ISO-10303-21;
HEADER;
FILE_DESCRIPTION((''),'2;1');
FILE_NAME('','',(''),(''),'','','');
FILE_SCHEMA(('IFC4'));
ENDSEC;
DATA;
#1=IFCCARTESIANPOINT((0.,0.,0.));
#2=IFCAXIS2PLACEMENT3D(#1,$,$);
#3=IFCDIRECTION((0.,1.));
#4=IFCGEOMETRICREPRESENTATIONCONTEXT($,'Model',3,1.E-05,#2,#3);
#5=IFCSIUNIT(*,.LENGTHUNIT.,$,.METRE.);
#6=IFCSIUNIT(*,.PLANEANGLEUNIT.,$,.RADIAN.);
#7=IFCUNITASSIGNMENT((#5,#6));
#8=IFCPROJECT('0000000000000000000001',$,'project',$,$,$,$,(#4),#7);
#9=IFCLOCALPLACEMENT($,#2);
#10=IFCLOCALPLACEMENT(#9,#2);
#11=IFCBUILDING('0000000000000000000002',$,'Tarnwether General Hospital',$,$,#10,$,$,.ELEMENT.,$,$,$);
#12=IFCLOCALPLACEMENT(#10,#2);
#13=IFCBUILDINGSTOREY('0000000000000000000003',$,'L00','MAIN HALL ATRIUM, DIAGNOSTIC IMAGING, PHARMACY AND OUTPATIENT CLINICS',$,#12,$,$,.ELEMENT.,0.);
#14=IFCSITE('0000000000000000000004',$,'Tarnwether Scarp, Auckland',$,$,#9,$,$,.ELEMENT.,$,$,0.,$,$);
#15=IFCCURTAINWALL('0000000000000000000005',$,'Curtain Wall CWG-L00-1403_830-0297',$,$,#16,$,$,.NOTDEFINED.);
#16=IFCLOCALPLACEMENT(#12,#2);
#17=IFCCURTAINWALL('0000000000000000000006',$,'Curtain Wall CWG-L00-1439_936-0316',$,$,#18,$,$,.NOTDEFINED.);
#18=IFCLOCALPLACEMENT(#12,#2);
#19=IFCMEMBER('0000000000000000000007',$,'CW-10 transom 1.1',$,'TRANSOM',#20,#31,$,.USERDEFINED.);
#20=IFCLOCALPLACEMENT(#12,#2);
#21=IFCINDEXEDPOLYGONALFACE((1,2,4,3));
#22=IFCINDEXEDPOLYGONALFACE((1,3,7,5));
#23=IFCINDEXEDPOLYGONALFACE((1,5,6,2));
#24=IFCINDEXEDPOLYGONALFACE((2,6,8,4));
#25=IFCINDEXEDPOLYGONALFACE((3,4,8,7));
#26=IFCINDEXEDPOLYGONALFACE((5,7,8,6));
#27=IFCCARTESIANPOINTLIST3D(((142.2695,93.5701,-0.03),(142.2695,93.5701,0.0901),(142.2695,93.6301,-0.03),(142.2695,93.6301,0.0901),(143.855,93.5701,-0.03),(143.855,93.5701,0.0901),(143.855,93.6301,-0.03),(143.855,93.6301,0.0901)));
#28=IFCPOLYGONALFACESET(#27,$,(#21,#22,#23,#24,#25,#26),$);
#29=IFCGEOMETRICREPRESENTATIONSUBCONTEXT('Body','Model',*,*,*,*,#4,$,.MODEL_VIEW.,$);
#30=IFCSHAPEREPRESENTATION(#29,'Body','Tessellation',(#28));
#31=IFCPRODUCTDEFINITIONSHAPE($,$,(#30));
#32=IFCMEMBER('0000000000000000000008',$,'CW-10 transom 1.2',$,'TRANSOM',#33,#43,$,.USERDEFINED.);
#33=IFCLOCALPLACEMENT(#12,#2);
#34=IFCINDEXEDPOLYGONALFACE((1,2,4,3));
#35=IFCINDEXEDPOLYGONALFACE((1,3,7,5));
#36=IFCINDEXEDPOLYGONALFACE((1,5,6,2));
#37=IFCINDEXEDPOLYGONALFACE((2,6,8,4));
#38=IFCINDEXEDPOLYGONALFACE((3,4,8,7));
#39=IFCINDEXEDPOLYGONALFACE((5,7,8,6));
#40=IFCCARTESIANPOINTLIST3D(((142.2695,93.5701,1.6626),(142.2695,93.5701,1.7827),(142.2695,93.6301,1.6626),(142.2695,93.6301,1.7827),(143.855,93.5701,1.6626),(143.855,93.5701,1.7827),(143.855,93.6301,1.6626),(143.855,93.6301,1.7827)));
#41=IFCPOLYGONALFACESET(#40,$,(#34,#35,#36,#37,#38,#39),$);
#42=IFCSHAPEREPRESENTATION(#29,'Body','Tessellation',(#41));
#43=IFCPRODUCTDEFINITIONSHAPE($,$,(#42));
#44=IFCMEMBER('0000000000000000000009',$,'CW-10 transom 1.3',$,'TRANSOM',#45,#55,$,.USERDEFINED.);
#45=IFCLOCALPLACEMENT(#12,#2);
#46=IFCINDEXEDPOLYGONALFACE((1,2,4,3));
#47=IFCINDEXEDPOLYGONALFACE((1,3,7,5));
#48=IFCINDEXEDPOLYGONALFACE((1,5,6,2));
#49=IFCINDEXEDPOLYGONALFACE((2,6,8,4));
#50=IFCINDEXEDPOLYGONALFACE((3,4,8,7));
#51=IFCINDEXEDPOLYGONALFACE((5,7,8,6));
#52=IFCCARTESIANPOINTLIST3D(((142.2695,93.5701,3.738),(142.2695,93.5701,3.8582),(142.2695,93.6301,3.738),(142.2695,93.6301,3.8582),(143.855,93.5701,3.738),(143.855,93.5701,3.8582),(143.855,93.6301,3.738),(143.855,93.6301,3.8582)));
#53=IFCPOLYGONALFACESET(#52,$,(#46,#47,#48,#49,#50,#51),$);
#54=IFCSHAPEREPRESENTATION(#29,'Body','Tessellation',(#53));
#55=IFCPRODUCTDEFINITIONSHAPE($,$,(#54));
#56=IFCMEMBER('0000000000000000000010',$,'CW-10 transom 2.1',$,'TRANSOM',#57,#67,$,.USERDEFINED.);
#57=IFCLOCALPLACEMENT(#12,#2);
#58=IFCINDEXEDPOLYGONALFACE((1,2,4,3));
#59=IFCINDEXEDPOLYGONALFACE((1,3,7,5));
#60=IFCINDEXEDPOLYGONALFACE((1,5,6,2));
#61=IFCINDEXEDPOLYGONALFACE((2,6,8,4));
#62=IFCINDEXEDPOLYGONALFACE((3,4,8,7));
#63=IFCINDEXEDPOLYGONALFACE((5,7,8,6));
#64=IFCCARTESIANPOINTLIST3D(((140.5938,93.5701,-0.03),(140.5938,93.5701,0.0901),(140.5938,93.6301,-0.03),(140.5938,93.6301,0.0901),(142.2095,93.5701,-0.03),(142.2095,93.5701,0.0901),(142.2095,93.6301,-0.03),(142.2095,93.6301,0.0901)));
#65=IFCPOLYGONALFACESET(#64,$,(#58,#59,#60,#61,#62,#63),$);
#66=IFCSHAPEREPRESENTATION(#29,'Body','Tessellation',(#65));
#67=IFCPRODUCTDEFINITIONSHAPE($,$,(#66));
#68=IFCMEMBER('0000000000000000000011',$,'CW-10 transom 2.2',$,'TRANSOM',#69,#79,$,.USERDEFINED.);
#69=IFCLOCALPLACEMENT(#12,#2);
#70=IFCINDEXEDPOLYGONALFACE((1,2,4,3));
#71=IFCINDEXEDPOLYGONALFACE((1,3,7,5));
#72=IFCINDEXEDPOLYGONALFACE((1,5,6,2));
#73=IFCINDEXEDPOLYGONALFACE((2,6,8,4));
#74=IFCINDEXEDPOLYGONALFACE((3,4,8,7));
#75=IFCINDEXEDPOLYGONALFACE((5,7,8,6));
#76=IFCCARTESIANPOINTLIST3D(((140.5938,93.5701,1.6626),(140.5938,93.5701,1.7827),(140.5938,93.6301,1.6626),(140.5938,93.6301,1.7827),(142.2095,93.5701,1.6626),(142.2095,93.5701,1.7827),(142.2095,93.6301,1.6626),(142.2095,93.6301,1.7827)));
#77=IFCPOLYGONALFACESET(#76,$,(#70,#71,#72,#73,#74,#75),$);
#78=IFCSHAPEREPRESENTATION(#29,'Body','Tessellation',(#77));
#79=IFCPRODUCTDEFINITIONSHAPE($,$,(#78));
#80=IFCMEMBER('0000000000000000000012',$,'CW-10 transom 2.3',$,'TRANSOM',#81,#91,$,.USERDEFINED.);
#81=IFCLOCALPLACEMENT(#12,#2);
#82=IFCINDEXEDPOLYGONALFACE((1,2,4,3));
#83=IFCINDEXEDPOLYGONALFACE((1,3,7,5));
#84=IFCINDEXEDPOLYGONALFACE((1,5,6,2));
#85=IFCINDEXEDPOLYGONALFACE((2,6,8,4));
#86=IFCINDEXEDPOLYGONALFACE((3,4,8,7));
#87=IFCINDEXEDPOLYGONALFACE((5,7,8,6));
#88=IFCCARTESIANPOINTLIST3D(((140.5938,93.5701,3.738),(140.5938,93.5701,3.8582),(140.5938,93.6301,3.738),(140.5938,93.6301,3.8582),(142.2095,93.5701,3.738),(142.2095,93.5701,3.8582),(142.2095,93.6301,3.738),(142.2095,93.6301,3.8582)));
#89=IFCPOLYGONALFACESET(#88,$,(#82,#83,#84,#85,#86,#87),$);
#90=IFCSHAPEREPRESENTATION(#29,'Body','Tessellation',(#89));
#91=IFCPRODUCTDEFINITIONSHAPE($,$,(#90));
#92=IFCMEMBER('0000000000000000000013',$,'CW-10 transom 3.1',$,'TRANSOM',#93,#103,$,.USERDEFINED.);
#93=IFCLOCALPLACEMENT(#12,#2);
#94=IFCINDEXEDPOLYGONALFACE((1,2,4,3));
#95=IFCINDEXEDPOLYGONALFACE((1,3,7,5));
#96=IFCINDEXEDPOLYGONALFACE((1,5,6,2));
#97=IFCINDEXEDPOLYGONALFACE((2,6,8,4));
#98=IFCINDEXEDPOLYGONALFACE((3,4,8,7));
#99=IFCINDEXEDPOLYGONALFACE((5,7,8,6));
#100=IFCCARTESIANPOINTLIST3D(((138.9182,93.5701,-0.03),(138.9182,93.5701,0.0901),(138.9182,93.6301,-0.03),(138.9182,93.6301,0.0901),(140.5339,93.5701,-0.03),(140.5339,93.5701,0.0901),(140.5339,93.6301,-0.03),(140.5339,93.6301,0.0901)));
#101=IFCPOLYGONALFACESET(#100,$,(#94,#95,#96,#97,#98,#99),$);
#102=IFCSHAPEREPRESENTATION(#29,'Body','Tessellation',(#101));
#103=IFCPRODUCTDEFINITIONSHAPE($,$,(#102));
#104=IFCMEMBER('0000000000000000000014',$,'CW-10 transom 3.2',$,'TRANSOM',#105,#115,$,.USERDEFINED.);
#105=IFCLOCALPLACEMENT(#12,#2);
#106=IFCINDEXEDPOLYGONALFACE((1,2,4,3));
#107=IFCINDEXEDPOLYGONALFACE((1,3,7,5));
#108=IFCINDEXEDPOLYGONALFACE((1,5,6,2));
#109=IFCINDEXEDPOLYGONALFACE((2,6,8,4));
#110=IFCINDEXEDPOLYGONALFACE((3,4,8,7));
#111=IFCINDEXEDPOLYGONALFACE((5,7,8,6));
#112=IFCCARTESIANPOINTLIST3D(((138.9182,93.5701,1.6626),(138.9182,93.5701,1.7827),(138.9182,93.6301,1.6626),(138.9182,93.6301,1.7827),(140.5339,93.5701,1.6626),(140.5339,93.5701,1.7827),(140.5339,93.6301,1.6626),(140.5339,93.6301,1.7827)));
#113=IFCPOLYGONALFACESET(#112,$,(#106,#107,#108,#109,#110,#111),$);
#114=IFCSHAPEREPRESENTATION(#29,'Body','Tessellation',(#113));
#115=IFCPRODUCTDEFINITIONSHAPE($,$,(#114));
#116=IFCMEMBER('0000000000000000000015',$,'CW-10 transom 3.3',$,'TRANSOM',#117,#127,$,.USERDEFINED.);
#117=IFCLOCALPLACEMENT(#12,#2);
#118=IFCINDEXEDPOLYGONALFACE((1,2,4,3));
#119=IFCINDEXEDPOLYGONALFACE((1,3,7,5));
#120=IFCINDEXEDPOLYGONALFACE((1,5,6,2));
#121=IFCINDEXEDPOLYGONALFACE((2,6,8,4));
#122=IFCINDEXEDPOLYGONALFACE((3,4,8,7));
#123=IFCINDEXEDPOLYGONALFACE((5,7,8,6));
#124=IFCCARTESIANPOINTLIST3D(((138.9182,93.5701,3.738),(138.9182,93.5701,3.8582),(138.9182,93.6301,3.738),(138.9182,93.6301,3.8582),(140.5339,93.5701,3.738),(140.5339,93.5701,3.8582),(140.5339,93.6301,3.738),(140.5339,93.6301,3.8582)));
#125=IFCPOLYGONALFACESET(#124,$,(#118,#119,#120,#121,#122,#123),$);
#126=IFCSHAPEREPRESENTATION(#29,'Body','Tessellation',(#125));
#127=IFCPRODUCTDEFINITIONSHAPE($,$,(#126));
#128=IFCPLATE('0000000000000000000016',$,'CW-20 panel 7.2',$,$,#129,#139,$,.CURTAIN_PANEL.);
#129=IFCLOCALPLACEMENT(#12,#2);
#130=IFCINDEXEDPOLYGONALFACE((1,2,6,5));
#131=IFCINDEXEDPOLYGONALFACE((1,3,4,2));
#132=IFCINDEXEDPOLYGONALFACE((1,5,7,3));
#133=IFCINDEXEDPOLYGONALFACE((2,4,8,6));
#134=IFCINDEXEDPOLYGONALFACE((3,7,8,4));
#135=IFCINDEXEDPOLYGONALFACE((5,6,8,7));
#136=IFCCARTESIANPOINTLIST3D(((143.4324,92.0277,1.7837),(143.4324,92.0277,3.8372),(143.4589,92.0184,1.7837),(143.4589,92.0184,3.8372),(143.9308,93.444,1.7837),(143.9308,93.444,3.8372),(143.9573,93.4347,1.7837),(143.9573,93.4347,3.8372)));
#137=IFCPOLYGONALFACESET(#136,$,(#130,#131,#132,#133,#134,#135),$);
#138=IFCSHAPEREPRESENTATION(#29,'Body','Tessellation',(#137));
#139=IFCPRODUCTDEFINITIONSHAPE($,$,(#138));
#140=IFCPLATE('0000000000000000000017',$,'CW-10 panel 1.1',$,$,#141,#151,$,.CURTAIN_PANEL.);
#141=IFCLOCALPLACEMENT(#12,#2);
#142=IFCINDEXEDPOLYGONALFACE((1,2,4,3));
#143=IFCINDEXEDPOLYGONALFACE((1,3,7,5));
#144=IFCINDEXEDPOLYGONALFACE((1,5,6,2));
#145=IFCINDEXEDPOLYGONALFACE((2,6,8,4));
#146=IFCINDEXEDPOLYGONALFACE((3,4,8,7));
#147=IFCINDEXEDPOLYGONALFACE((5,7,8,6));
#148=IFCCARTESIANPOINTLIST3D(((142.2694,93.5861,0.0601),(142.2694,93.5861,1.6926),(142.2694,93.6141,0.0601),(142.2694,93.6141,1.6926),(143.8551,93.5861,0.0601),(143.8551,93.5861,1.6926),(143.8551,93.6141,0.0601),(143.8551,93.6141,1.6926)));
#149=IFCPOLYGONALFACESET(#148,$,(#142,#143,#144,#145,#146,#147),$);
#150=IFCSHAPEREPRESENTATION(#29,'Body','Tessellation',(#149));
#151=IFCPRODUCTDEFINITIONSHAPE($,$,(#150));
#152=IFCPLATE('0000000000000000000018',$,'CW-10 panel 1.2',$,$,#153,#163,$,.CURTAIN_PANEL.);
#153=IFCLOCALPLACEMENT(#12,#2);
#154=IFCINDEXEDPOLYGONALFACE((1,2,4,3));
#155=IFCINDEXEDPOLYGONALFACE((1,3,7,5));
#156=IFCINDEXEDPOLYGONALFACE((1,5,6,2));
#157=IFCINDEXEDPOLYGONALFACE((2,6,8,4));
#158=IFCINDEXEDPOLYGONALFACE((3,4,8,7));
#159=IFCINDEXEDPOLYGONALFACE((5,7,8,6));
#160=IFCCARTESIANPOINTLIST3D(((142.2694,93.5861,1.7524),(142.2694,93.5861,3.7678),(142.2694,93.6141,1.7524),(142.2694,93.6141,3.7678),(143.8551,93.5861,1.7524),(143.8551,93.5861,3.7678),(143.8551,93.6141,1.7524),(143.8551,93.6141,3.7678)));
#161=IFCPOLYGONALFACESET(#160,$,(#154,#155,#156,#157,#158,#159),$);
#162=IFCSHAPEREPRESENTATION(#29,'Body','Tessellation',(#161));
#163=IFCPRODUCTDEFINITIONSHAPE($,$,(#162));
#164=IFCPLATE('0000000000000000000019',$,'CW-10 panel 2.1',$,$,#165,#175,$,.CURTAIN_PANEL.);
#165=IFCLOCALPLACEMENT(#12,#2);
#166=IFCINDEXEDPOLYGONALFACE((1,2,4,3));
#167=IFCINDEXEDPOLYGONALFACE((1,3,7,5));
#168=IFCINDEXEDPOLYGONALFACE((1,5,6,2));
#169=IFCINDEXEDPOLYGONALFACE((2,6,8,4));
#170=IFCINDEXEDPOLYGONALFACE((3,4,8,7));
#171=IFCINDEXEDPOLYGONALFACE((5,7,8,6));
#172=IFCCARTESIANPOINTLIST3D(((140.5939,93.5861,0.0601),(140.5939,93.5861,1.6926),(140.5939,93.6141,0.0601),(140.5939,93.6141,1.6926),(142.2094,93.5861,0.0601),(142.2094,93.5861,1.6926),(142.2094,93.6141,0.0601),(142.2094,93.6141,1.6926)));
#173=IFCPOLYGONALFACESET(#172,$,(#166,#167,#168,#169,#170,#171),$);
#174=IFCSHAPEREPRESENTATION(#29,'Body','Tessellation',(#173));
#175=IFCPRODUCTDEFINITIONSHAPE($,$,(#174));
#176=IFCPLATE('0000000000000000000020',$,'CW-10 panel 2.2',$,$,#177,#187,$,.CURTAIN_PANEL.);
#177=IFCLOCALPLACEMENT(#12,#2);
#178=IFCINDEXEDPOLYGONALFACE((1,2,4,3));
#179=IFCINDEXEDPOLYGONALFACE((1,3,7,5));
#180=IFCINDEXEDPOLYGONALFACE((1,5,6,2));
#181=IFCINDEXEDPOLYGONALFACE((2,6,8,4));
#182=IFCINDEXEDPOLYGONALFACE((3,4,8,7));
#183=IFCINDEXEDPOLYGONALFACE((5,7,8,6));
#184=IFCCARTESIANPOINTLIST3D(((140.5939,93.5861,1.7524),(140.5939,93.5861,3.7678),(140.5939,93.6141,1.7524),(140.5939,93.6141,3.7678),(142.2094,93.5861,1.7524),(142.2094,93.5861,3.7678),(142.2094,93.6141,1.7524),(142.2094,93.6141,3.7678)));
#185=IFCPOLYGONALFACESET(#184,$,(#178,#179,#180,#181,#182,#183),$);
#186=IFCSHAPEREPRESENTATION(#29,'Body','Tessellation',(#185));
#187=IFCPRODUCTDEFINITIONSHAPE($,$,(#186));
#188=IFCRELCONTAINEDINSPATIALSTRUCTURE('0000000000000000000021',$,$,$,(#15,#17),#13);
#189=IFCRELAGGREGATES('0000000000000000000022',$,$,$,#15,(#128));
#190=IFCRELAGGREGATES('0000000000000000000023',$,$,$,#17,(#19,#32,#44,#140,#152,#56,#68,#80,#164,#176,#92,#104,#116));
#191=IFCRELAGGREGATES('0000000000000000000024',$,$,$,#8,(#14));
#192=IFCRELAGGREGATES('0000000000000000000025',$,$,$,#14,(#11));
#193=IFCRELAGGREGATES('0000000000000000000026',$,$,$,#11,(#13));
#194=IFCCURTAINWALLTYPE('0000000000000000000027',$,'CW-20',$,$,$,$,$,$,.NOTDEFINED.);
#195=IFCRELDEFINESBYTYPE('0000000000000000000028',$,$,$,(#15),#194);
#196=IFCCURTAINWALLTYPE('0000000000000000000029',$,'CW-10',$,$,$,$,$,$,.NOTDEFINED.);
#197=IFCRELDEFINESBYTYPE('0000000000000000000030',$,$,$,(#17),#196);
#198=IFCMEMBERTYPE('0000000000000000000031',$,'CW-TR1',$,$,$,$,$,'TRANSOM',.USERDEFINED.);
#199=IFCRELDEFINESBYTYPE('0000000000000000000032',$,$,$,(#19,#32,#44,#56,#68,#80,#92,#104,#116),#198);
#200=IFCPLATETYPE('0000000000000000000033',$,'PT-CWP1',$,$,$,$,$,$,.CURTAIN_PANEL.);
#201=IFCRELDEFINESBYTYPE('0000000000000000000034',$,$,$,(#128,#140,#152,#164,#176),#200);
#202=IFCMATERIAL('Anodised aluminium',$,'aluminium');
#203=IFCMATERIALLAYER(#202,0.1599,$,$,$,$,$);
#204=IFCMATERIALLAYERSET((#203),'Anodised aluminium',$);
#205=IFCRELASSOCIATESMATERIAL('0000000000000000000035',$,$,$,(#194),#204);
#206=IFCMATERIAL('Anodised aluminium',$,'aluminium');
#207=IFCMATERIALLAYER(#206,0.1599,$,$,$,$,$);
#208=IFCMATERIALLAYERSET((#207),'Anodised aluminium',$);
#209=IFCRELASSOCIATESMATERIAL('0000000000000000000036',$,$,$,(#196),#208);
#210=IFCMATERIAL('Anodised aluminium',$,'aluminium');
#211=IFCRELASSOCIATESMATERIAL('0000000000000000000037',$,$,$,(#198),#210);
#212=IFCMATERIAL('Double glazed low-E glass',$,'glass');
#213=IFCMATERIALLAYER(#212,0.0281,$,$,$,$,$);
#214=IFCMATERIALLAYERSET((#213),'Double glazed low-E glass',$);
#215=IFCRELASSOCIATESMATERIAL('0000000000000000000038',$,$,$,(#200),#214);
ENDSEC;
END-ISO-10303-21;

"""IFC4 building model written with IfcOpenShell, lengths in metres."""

from ifc_helpers import new_model, si_unit, direction, frame, origin, origin_2d, place, context, subcontext, project, spatial, rectangle, extrude, material, layer, layer_set, material_profile, profile_set, type_object, element, aggregate, save


model = new_model("IFC4")

# Units and contexts
model_context = context("Model", 3, precision=1e-05, world=origin(), true_north=direction((0.0, 1.0)))
body_context = subcontext(model_context, "Body", "Model", "MODEL_VIEW")
ifc_project = project(units=[si_unit("LENGTHUNIT", "METRE"), si_unit("PLANEANGLEUNIT", "RADIAN")], contexts=[model_context])

# Site, building, storey
site_placement = place(None, origin())
site = spatial("IfcSite", under=ifc_project, at=site_placement, Name="Tarnwether Scarp, Auckland", CompositionType="ELEMENT", RefElevation=0.0)
building_placement = place(site_placement, origin())
building = spatial("IfcBuilding", under=site, at=building_placement, Name="Tarnwether General Hospital", CompositionType="ELEMENT")
storey_placement = place(building_placement, origin())
storey = spatial("IfcBuildingStorey", under=building, at=storey_placement, Name="L00", Description="MAIN HALL ATRIUM, DIAGNOSTIC IMAGING, PHARMACY AND OUTPATIENT CLINICS", CompositionType="ELEMENT", Elevation=0.0)

# Curtain wall
ifc_material_1 = material(Name="Anodised aluminium", Category="aluminium")
ifc_layer_1 = layer(ifc_material_1, 0.1599)
ifc_layer_set_1 = layer_set([ifc_layer_1], Name="Anodised aluminium")
curtain_wall_type_1 = type_object("IfcCurtainWallType", Name="CW-20", PredefinedType="NOTDEFINED", material=ifc_layer_set_1)
curtain_wall_1_placement = place(storey_placement, origin())
curtain_wall_1 = element("IfcCurtainWall", 1, at=curtain_wall_1_placement, inside=storey, type_object=curtain_wall_type_1, Name="Curtain Wall CWG-L00-1403_830-0297", PredefinedType="NOTDEFINED")

# Curtain wall, members
ifc_material_2 = material(Name="Anodised aluminium", Category="aluminium")
ifc_layer_2 = layer(ifc_material_2, 0.1599)
ifc_layer_set_2 = layer_set([ifc_layer_2], Name="Anodised aluminium")
curtain_wall_type_2 = type_object("IfcCurtainWallType", Name="CW-10", PredefinedType="NOTDEFINED", material=ifc_layer_set_2)
curtain_wall_2_placement = place(storey_placement, origin())
curtain_wall_2 = element("IfcCurtainWall", 2, at=curtain_wall_2_placement, inside=storey, type_object=curtain_wall_type_2, Name="Curtain Wall CWG-L00-1439_936-0316", PredefinedType="NOTDEFINED")
ifc_material_3 = material(Name="Anodised aluminium", Category="aluminium")
ifc_material_profile_1 = material_profile(ifc_material_3, rectangle(XDim=0.0601, YDim=0.1201, at=origin_2d()), Name="ALU-TRN-60x120")
ifc_profile_set_1 = profile_set([ifc_material_profile_1], Name="Anodised aluminium")
member_type_1 = type_object("IfcMemberType", Name="CW-TR1", ElementType="TRANSOM", PredefinedType="USERDEFINED", material=ifc_profile_set_1)
member_1_placement = place(storey_placement, frame((143.855, 93.6001, 0.03), z_axis=(-1.0, 0.0, 0.0), x_axis=(0.0, -1.0, 0.0)))
member_1 = element("IfcMember", 3, at=member_1_placement, type_object=member_type_1, Name="CW-10 transom 1.1", ObjectType="TRANSOM", PredefinedType="USERDEFINED", context=body_context, shape_type="SweptSolid", body=[
    extrude(rectangle(XDim=0.0601, YDim=0.1201, at=origin_2d()), origin(), (0.0, 0.0, 1.0), 1.5854),
])
member_2_placement = place(storey_placement, frame((143.855, 93.6001, 1.7227), z_axis=(-1.0, 0.0, 0.0), x_axis=(0.0, -1.0, 0.0)))
member_2 = element("IfcMember", 4, at=member_2_placement, type_object=member_type_1, Name="CW-10 transom 1.2", ObjectType="TRANSOM", PredefinedType="USERDEFINED", context=body_context, shape_type="SweptSolid", body=[
    extrude(rectangle(XDim=0.0601, YDim=0.1201, at=origin_2d()), origin(), (0.0, 0.0, 1.0), 1.5854),
])
member_3_placement = place(storey_placement, frame((143.855, 93.6001, 3.7981), z_axis=(-1.0, 0.0, 0.0), x_axis=(0.0, -1.0, 0.0)))
member_3 = element("IfcMember", 5, at=member_3_placement, type_object=member_type_1, Name="CW-10 transom 1.3", ObjectType="TRANSOM", PredefinedType="USERDEFINED", context=body_context, shape_type="SweptSolid", body=[
    extrude(rectangle(XDim=0.0601, YDim=0.1201, at=origin_2d()), origin(), (0.0, 0.0, 1.0), 1.5854),
])
member_4_placement = place(storey_placement, frame((142.2095, 93.6001, 0.03), z_axis=(-1.0, 0.0, 0.0), x_axis=(0.0, -1.0, 0.0)))
member_4 = element("IfcMember", 6, at=member_4_placement, type_object=member_type_1, Name="CW-10 transom 2.1", ObjectType="TRANSOM", PredefinedType="USERDEFINED", context=body_context, shape_type="SweptSolid", body=[
    extrude(rectangle(XDim=0.0601, YDim=0.1201, at=origin_2d()), origin(), (0.0, 0.0, 1.0), 1.6157),
])
member_5_placement = place(storey_placement, frame((142.2095, 93.6001, 1.7227), z_axis=(-1.0, 0.0, 0.0), x_axis=(0.0, -1.0, 0.0)))
member_5 = element("IfcMember", 7, at=member_5_placement, type_object=member_type_1, Name="CW-10 transom 2.2", ObjectType="TRANSOM", PredefinedType="USERDEFINED", context=body_context, shape_type="SweptSolid", body=[
    extrude(rectangle(XDim=0.0601, YDim=0.1201, at=origin_2d()), origin(), (0.0, 0.0, 1.0), 1.6157),
])
member_6_placement = place(storey_placement, frame((142.2095, 93.6001, 3.7981), z_axis=(-1.0, 0.0, 0.0), x_axis=(0.0, -1.0, 0.0)))
member_6 = element("IfcMember", 8, at=member_6_placement, type_object=member_type_1, Name="CW-10 transom 2.3", ObjectType="TRANSOM", PredefinedType="USERDEFINED", context=body_context, shape_type="SweptSolid", body=[
    extrude(rectangle(XDim=0.0601, YDim=0.1201, at=origin_2d()), origin(), (0.0, 0.0, 1.0), 1.6157),
])
member_7_placement = place(storey_placement, frame((140.5339, 93.6001, 0.03), z_axis=(-1.0, 0.0, 0.0), x_axis=(0.0, -1.0, 0.0)))
member_7 = element("IfcMember", 9, at=member_7_placement, type_object=member_type_1, Name="CW-10 transom 3.1", ObjectType="TRANSOM", PredefinedType="USERDEFINED", context=body_context, shape_type="SweptSolid", body=[
    extrude(rectangle(XDim=0.0601, YDim=0.1201, at=origin_2d()), origin(), (0.0, 0.0, 1.0), 1.6157),
])
member_8_placement = place(storey_placement, frame((140.5339, 93.6001, 1.7227), z_axis=(-1.0, 0.0, 0.0), x_axis=(0.0, -1.0, 0.0)))
member_8 = element("IfcMember", 10, at=member_8_placement, type_object=member_type_1, Name="CW-10 transom 3.2", ObjectType="TRANSOM", PredefinedType="USERDEFINED", context=body_context, shape_type="SweptSolid", body=[
    extrude(rectangle(XDim=0.0601, YDim=0.1201, at=origin_2d()), origin(), (0.0, 0.0, 1.0), 1.6157),
])
member_9_placement = place(storey_placement, frame((140.5339, 93.6001, 3.7981), z_axis=(-1.0, 0.0, 0.0), x_axis=(0.0, -1.0, 0.0)))
member_9 = element("IfcMember", 11, at=member_9_placement, type_object=member_type_1, Name="CW-10 transom 3.3", ObjectType="TRANSOM", PredefinedType="USERDEFINED", context=body_context, shape_type="SweptSolid", body=[
    extrude(rectangle(XDim=0.0601, YDim=0.1201, at=origin_2d()), origin(), (0.0, 0.0, 1.0), 1.6157),
])

# Plates
ifc_material_4 = material(Name="Double glazed low-E glass", Category="glass")
ifc_layer_3 = layer(ifc_material_4, 0.0281)
ifc_layer_set_3 = layer_set([ifc_layer_3], Name="Double glazed low-E glass")
plate_type = type_object("IfcPlateType", Name="PT-CWP1", PredefinedType="CURTAIN_PANEL", material=ifc_layer_set_3)
plate_1_placement = place(storey_placement, frame((143.6948, 92.7312, 1.7837), z_axis=(0.0, 0.0, 1.0), x_axis=(0.331937, 0.943301, 0.0)))
plate_1 = element("IfcPlate", 12, at=plate_1_placement, type_object=plate_type, Name="CW-20 panel 7.2", PredefinedType="CURTAIN_PANEL", context=body_context, shape_type="SweptSolid", body=[
    extrude(rectangle(XDim=1.5015, YDim=0.0281, at=origin_2d()), origin(), (0.0, 0.0, 1.0), 2.0535),
])
aggregate(curtain_wall_1, [plate_1])
plate_2_placement = place(storey_placement, frame((143.0623, 93.6001, 0.0601), z_axis=(0.0, 0.0, 1.0), x_axis=(-1.0, 0.0, 0.0)))
plate_2 = element("IfcPlate", 13, at=plate_2_placement, type_object=plate_type, Name="CW-10 panel 1.1", PredefinedType="CURTAIN_PANEL", context=body_context, shape_type="SweptSolid", body=[
    extrude(rectangle(XDim=1.5857, YDim=0.0281, at=origin_2d()), origin(), (0.0, 0.0, 1.0), 1.6326),
])
plate_3_placement = place(storey_placement, frame((143.0623, 93.6001, 1.7524), z_axis=(0.0, 0.0, 1.0), x_axis=(-1.0, 0.0, 0.0)))
plate_3 = element("IfcPlate", 14, at=plate_3_placement, type_object=plate_type, Name="CW-10 panel 1.2", PredefinedType="CURTAIN_PANEL", context=body_context, shape_type="SweptSolid", body=[
    extrude(rectangle(XDim=1.5857, YDim=0.0281, at=origin_2d()), origin(), (0.0, 0.0, 1.0), 2.0154),
])
plate_4_placement = place(storey_placement, frame((141.4016, 93.6001, 0.0601), z_axis=(0.0, 0.0, 1.0), x_axis=(-1.0, 0.0, 0.0)))
plate_4 = element("IfcPlate", 15, at=plate_4_placement, type_object=plate_type, Name="CW-10 panel 2.1", PredefinedType="CURTAIN_PANEL", context=body_context, shape_type="SweptSolid", body=[
    extrude(rectangle(XDim=1.6155, YDim=0.0281, at=origin_2d()), origin(), (0.0, 0.0, 1.0), 1.6326),
])
plate_5_placement = place(storey_placement, frame((141.4016, 93.6001, 1.7524), z_axis=(0.0, 0.0, 1.0), x_axis=(-1.0, 0.0, 0.0)))
plate_5 = element("IfcPlate", 16, at=plate_5_placement, type_object=plate_type, Name="CW-10 panel 2.2", PredefinedType="CURTAIN_PANEL", context=body_context, shape_type="SweptSolid", body=[
    extrude(rectangle(XDim=1.6155, YDim=0.0281, at=origin_2d()), origin(), (0.0, 0.0, 1.0), 2.0154),
])
aggregate(curtain_wall_2, [member_1, member_2, member_3, plate_2, plate_3, member_4, member_5, member_6, plate_4, plate_5, member_7, member_8, member_9])

save(model, "model.ifc")
